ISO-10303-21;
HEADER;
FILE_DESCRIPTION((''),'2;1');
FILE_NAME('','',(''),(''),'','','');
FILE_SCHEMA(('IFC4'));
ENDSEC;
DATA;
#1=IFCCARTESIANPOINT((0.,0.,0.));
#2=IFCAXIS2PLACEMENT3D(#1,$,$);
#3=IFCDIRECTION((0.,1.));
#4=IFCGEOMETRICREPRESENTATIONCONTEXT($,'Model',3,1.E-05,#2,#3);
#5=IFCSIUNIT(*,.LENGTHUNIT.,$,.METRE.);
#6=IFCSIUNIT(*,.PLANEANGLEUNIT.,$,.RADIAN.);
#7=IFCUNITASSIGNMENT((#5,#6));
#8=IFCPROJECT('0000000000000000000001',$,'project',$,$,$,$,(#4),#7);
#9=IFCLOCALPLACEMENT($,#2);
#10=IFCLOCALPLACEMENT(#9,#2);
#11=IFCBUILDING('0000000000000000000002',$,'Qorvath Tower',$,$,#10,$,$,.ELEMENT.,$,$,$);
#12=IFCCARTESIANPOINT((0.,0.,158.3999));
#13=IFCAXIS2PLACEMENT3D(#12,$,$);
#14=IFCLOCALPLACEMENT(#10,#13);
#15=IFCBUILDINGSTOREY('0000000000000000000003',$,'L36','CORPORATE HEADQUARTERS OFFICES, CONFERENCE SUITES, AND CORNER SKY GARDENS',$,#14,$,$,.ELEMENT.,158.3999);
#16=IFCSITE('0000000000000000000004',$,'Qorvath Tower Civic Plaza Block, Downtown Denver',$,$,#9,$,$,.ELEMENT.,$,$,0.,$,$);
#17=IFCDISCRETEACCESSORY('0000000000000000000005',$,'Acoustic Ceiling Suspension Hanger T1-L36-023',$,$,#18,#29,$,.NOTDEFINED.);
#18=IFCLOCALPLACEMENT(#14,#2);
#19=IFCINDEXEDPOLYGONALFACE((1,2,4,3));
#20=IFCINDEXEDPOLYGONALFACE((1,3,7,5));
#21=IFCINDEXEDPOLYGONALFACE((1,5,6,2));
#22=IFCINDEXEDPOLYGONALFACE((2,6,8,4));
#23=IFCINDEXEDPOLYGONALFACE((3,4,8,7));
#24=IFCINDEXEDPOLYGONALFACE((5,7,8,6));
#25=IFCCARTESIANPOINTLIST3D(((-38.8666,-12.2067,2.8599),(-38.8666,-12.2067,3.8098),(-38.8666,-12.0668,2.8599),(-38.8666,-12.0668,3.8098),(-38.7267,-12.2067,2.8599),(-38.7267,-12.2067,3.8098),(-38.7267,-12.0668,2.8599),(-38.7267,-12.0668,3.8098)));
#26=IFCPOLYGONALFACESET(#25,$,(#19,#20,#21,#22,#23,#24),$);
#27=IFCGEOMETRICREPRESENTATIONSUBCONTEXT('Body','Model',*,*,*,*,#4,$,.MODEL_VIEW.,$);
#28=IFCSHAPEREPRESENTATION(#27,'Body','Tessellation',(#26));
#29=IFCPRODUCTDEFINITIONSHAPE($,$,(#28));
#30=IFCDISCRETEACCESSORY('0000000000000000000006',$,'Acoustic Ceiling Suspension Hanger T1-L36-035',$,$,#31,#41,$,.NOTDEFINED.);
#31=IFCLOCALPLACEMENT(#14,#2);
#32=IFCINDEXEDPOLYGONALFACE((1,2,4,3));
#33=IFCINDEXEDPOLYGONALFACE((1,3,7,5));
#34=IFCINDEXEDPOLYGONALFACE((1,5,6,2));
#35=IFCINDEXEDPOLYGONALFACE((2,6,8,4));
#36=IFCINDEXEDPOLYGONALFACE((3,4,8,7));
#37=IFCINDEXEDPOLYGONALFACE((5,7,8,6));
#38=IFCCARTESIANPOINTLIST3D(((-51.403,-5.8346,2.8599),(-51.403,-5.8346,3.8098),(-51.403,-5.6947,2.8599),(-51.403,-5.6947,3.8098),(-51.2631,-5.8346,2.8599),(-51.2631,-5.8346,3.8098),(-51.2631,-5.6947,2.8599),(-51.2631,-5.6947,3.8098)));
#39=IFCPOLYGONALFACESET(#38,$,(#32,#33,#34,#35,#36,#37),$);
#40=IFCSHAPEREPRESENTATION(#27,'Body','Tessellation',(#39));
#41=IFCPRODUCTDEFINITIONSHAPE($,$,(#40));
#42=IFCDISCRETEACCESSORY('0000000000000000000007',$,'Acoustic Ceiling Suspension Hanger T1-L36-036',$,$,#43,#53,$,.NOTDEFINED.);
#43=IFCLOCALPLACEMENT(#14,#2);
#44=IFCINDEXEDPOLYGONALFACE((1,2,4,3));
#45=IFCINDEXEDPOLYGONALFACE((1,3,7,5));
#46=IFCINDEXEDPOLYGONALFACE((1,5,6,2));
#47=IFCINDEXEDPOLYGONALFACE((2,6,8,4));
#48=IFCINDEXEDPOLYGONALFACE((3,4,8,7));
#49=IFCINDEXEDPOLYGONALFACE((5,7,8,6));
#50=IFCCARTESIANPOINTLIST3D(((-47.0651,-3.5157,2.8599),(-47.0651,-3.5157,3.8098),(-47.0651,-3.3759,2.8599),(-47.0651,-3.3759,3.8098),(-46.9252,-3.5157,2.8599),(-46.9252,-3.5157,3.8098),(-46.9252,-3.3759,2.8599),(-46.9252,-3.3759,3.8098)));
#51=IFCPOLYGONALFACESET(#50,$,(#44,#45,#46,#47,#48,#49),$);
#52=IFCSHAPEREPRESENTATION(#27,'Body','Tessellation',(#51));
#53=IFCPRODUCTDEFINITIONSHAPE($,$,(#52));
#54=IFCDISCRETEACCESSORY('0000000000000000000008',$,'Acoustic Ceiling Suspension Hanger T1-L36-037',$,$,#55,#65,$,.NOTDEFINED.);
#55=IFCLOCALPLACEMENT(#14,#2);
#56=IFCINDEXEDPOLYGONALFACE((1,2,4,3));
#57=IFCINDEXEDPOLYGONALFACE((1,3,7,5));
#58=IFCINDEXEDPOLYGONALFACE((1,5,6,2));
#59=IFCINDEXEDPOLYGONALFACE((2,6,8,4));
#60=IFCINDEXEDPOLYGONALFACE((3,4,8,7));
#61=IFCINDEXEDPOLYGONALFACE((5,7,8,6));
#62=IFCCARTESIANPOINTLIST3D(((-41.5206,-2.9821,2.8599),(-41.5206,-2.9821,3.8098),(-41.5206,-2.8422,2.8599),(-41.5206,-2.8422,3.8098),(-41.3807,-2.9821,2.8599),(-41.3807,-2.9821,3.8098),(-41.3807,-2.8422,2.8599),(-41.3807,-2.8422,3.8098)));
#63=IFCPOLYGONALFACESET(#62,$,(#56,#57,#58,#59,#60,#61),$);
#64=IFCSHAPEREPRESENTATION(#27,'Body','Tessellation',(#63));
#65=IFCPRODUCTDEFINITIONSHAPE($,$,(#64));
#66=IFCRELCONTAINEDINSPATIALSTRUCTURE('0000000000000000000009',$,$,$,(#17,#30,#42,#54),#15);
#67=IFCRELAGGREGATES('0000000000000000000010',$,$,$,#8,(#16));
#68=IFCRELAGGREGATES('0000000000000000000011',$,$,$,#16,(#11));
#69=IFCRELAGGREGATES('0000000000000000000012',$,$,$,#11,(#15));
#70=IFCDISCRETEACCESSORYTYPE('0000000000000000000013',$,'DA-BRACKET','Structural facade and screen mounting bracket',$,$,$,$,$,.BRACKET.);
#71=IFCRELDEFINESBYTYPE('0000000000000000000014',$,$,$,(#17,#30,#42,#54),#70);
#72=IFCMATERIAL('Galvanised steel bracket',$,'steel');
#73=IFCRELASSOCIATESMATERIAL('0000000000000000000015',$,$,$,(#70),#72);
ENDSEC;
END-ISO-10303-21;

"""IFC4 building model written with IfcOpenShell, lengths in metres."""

from ifc_helpers import new_model, si_unit, direction, frame, origin, origin_2d, place, context, subcontext, project, spatial, rectangle, extrude, material, type_object, element, save


model = new_model("IFC4")

# Units and contexts
model_context = context("Model", 3, precision=1e-05, world=origin(), true_north=direction((0.0, 1.0)))
body_context = subcontext(model_context, "Body", "Model", "MODEL_VIEW")
ifc_project = project(units=[si_unit("LENGTHUNIT", "METRE"), si_unit("PLANEANGLEUNIT", "RADIAN")], contexts=[model_context])

# Site, building, storey
site_placement = place(None, origin())
site = spatial("IfcSite", under=ifc_project, at=site_placement, Name="Qorvath Tower Civic Plaza Block, Downtown Denver", CompositionType="ELEMENT", RefElevation=0.0)
building_placement = place(site_placement, origin())
building = spatial("IfcBuilding", under=site, at=building_placement, Name="Qorvath Tower", CompositionType="ELEMENT")
storey_placement = place(building_placement, frame((0.0, 0.0, 158.3999)))
storey = spatial("IfcBuildingStorey", under=building, at=storey_placement, Name="L36", Description="CORPORATE HEADQUARTERS OFFICES, CONFERENCE SUITES, AND CORNER SKY GARDENS", CompositionType="ELEMENT", Elevation=158.3999)

# Discrete accessories
ifc_material_1 = material(Name="Galvanised steel bracket", Category="steel")
discrete_accessory_type = type_object("IfcDiscreteAccessoryType", Name="DA-BRACKET", Description="Structural facade and screen mounting bracket", PredefinedType="BRACKET", material=ifc_material_1)
for number, where, z_axis, x_axis, name in (
    (1, (-38.7966, -12.1367, 2.8599), (0.0, 0.0, 1.0), (1.0, 0.0, 0.0), "Acoustic Ceiling Suspension Hanger T1-L36-023"),
    (2, (-51.333, -5.7646, 2.8599), (0.0, 0.0, 1.0), (1.0, 0.0, 0.0), "Acoustic Ceiling Suspension Hanger T1-L36-035"),
    (3, (-46.9951, -3.4458, 2.8599), (0.0, 0.0, 1.0), (1.0, 0.0, 0.0), "Acoustic Ceiling Suspension Hanger T1-L36-036"),
    (4, (-41.4507, -2.9121, 2.8599), (0.0, 0.0, 1.0), (1.0, 0.0, 0.0), "Acoustic Ceiling Suspension Hanger T1-L36-037"),
):
    element("IfcDiscreteAccessory", number, at=place(storey_placement, frame(where, z_axis=z_axis, x_axis=x_axis)), inside=storey, type_object=discrete_accessory_type, Name=name, PredefinedType="NOTDEFINED", context=body_context, shape_type="SweptSolid", body=[
        extrude(rectangle(XDim=0.1399, YDim=0.1399, at=origin_2d()), origin(), (0.0, 0.0, 1.0), 0.95),
    ])

save(model, "model.ifc")
